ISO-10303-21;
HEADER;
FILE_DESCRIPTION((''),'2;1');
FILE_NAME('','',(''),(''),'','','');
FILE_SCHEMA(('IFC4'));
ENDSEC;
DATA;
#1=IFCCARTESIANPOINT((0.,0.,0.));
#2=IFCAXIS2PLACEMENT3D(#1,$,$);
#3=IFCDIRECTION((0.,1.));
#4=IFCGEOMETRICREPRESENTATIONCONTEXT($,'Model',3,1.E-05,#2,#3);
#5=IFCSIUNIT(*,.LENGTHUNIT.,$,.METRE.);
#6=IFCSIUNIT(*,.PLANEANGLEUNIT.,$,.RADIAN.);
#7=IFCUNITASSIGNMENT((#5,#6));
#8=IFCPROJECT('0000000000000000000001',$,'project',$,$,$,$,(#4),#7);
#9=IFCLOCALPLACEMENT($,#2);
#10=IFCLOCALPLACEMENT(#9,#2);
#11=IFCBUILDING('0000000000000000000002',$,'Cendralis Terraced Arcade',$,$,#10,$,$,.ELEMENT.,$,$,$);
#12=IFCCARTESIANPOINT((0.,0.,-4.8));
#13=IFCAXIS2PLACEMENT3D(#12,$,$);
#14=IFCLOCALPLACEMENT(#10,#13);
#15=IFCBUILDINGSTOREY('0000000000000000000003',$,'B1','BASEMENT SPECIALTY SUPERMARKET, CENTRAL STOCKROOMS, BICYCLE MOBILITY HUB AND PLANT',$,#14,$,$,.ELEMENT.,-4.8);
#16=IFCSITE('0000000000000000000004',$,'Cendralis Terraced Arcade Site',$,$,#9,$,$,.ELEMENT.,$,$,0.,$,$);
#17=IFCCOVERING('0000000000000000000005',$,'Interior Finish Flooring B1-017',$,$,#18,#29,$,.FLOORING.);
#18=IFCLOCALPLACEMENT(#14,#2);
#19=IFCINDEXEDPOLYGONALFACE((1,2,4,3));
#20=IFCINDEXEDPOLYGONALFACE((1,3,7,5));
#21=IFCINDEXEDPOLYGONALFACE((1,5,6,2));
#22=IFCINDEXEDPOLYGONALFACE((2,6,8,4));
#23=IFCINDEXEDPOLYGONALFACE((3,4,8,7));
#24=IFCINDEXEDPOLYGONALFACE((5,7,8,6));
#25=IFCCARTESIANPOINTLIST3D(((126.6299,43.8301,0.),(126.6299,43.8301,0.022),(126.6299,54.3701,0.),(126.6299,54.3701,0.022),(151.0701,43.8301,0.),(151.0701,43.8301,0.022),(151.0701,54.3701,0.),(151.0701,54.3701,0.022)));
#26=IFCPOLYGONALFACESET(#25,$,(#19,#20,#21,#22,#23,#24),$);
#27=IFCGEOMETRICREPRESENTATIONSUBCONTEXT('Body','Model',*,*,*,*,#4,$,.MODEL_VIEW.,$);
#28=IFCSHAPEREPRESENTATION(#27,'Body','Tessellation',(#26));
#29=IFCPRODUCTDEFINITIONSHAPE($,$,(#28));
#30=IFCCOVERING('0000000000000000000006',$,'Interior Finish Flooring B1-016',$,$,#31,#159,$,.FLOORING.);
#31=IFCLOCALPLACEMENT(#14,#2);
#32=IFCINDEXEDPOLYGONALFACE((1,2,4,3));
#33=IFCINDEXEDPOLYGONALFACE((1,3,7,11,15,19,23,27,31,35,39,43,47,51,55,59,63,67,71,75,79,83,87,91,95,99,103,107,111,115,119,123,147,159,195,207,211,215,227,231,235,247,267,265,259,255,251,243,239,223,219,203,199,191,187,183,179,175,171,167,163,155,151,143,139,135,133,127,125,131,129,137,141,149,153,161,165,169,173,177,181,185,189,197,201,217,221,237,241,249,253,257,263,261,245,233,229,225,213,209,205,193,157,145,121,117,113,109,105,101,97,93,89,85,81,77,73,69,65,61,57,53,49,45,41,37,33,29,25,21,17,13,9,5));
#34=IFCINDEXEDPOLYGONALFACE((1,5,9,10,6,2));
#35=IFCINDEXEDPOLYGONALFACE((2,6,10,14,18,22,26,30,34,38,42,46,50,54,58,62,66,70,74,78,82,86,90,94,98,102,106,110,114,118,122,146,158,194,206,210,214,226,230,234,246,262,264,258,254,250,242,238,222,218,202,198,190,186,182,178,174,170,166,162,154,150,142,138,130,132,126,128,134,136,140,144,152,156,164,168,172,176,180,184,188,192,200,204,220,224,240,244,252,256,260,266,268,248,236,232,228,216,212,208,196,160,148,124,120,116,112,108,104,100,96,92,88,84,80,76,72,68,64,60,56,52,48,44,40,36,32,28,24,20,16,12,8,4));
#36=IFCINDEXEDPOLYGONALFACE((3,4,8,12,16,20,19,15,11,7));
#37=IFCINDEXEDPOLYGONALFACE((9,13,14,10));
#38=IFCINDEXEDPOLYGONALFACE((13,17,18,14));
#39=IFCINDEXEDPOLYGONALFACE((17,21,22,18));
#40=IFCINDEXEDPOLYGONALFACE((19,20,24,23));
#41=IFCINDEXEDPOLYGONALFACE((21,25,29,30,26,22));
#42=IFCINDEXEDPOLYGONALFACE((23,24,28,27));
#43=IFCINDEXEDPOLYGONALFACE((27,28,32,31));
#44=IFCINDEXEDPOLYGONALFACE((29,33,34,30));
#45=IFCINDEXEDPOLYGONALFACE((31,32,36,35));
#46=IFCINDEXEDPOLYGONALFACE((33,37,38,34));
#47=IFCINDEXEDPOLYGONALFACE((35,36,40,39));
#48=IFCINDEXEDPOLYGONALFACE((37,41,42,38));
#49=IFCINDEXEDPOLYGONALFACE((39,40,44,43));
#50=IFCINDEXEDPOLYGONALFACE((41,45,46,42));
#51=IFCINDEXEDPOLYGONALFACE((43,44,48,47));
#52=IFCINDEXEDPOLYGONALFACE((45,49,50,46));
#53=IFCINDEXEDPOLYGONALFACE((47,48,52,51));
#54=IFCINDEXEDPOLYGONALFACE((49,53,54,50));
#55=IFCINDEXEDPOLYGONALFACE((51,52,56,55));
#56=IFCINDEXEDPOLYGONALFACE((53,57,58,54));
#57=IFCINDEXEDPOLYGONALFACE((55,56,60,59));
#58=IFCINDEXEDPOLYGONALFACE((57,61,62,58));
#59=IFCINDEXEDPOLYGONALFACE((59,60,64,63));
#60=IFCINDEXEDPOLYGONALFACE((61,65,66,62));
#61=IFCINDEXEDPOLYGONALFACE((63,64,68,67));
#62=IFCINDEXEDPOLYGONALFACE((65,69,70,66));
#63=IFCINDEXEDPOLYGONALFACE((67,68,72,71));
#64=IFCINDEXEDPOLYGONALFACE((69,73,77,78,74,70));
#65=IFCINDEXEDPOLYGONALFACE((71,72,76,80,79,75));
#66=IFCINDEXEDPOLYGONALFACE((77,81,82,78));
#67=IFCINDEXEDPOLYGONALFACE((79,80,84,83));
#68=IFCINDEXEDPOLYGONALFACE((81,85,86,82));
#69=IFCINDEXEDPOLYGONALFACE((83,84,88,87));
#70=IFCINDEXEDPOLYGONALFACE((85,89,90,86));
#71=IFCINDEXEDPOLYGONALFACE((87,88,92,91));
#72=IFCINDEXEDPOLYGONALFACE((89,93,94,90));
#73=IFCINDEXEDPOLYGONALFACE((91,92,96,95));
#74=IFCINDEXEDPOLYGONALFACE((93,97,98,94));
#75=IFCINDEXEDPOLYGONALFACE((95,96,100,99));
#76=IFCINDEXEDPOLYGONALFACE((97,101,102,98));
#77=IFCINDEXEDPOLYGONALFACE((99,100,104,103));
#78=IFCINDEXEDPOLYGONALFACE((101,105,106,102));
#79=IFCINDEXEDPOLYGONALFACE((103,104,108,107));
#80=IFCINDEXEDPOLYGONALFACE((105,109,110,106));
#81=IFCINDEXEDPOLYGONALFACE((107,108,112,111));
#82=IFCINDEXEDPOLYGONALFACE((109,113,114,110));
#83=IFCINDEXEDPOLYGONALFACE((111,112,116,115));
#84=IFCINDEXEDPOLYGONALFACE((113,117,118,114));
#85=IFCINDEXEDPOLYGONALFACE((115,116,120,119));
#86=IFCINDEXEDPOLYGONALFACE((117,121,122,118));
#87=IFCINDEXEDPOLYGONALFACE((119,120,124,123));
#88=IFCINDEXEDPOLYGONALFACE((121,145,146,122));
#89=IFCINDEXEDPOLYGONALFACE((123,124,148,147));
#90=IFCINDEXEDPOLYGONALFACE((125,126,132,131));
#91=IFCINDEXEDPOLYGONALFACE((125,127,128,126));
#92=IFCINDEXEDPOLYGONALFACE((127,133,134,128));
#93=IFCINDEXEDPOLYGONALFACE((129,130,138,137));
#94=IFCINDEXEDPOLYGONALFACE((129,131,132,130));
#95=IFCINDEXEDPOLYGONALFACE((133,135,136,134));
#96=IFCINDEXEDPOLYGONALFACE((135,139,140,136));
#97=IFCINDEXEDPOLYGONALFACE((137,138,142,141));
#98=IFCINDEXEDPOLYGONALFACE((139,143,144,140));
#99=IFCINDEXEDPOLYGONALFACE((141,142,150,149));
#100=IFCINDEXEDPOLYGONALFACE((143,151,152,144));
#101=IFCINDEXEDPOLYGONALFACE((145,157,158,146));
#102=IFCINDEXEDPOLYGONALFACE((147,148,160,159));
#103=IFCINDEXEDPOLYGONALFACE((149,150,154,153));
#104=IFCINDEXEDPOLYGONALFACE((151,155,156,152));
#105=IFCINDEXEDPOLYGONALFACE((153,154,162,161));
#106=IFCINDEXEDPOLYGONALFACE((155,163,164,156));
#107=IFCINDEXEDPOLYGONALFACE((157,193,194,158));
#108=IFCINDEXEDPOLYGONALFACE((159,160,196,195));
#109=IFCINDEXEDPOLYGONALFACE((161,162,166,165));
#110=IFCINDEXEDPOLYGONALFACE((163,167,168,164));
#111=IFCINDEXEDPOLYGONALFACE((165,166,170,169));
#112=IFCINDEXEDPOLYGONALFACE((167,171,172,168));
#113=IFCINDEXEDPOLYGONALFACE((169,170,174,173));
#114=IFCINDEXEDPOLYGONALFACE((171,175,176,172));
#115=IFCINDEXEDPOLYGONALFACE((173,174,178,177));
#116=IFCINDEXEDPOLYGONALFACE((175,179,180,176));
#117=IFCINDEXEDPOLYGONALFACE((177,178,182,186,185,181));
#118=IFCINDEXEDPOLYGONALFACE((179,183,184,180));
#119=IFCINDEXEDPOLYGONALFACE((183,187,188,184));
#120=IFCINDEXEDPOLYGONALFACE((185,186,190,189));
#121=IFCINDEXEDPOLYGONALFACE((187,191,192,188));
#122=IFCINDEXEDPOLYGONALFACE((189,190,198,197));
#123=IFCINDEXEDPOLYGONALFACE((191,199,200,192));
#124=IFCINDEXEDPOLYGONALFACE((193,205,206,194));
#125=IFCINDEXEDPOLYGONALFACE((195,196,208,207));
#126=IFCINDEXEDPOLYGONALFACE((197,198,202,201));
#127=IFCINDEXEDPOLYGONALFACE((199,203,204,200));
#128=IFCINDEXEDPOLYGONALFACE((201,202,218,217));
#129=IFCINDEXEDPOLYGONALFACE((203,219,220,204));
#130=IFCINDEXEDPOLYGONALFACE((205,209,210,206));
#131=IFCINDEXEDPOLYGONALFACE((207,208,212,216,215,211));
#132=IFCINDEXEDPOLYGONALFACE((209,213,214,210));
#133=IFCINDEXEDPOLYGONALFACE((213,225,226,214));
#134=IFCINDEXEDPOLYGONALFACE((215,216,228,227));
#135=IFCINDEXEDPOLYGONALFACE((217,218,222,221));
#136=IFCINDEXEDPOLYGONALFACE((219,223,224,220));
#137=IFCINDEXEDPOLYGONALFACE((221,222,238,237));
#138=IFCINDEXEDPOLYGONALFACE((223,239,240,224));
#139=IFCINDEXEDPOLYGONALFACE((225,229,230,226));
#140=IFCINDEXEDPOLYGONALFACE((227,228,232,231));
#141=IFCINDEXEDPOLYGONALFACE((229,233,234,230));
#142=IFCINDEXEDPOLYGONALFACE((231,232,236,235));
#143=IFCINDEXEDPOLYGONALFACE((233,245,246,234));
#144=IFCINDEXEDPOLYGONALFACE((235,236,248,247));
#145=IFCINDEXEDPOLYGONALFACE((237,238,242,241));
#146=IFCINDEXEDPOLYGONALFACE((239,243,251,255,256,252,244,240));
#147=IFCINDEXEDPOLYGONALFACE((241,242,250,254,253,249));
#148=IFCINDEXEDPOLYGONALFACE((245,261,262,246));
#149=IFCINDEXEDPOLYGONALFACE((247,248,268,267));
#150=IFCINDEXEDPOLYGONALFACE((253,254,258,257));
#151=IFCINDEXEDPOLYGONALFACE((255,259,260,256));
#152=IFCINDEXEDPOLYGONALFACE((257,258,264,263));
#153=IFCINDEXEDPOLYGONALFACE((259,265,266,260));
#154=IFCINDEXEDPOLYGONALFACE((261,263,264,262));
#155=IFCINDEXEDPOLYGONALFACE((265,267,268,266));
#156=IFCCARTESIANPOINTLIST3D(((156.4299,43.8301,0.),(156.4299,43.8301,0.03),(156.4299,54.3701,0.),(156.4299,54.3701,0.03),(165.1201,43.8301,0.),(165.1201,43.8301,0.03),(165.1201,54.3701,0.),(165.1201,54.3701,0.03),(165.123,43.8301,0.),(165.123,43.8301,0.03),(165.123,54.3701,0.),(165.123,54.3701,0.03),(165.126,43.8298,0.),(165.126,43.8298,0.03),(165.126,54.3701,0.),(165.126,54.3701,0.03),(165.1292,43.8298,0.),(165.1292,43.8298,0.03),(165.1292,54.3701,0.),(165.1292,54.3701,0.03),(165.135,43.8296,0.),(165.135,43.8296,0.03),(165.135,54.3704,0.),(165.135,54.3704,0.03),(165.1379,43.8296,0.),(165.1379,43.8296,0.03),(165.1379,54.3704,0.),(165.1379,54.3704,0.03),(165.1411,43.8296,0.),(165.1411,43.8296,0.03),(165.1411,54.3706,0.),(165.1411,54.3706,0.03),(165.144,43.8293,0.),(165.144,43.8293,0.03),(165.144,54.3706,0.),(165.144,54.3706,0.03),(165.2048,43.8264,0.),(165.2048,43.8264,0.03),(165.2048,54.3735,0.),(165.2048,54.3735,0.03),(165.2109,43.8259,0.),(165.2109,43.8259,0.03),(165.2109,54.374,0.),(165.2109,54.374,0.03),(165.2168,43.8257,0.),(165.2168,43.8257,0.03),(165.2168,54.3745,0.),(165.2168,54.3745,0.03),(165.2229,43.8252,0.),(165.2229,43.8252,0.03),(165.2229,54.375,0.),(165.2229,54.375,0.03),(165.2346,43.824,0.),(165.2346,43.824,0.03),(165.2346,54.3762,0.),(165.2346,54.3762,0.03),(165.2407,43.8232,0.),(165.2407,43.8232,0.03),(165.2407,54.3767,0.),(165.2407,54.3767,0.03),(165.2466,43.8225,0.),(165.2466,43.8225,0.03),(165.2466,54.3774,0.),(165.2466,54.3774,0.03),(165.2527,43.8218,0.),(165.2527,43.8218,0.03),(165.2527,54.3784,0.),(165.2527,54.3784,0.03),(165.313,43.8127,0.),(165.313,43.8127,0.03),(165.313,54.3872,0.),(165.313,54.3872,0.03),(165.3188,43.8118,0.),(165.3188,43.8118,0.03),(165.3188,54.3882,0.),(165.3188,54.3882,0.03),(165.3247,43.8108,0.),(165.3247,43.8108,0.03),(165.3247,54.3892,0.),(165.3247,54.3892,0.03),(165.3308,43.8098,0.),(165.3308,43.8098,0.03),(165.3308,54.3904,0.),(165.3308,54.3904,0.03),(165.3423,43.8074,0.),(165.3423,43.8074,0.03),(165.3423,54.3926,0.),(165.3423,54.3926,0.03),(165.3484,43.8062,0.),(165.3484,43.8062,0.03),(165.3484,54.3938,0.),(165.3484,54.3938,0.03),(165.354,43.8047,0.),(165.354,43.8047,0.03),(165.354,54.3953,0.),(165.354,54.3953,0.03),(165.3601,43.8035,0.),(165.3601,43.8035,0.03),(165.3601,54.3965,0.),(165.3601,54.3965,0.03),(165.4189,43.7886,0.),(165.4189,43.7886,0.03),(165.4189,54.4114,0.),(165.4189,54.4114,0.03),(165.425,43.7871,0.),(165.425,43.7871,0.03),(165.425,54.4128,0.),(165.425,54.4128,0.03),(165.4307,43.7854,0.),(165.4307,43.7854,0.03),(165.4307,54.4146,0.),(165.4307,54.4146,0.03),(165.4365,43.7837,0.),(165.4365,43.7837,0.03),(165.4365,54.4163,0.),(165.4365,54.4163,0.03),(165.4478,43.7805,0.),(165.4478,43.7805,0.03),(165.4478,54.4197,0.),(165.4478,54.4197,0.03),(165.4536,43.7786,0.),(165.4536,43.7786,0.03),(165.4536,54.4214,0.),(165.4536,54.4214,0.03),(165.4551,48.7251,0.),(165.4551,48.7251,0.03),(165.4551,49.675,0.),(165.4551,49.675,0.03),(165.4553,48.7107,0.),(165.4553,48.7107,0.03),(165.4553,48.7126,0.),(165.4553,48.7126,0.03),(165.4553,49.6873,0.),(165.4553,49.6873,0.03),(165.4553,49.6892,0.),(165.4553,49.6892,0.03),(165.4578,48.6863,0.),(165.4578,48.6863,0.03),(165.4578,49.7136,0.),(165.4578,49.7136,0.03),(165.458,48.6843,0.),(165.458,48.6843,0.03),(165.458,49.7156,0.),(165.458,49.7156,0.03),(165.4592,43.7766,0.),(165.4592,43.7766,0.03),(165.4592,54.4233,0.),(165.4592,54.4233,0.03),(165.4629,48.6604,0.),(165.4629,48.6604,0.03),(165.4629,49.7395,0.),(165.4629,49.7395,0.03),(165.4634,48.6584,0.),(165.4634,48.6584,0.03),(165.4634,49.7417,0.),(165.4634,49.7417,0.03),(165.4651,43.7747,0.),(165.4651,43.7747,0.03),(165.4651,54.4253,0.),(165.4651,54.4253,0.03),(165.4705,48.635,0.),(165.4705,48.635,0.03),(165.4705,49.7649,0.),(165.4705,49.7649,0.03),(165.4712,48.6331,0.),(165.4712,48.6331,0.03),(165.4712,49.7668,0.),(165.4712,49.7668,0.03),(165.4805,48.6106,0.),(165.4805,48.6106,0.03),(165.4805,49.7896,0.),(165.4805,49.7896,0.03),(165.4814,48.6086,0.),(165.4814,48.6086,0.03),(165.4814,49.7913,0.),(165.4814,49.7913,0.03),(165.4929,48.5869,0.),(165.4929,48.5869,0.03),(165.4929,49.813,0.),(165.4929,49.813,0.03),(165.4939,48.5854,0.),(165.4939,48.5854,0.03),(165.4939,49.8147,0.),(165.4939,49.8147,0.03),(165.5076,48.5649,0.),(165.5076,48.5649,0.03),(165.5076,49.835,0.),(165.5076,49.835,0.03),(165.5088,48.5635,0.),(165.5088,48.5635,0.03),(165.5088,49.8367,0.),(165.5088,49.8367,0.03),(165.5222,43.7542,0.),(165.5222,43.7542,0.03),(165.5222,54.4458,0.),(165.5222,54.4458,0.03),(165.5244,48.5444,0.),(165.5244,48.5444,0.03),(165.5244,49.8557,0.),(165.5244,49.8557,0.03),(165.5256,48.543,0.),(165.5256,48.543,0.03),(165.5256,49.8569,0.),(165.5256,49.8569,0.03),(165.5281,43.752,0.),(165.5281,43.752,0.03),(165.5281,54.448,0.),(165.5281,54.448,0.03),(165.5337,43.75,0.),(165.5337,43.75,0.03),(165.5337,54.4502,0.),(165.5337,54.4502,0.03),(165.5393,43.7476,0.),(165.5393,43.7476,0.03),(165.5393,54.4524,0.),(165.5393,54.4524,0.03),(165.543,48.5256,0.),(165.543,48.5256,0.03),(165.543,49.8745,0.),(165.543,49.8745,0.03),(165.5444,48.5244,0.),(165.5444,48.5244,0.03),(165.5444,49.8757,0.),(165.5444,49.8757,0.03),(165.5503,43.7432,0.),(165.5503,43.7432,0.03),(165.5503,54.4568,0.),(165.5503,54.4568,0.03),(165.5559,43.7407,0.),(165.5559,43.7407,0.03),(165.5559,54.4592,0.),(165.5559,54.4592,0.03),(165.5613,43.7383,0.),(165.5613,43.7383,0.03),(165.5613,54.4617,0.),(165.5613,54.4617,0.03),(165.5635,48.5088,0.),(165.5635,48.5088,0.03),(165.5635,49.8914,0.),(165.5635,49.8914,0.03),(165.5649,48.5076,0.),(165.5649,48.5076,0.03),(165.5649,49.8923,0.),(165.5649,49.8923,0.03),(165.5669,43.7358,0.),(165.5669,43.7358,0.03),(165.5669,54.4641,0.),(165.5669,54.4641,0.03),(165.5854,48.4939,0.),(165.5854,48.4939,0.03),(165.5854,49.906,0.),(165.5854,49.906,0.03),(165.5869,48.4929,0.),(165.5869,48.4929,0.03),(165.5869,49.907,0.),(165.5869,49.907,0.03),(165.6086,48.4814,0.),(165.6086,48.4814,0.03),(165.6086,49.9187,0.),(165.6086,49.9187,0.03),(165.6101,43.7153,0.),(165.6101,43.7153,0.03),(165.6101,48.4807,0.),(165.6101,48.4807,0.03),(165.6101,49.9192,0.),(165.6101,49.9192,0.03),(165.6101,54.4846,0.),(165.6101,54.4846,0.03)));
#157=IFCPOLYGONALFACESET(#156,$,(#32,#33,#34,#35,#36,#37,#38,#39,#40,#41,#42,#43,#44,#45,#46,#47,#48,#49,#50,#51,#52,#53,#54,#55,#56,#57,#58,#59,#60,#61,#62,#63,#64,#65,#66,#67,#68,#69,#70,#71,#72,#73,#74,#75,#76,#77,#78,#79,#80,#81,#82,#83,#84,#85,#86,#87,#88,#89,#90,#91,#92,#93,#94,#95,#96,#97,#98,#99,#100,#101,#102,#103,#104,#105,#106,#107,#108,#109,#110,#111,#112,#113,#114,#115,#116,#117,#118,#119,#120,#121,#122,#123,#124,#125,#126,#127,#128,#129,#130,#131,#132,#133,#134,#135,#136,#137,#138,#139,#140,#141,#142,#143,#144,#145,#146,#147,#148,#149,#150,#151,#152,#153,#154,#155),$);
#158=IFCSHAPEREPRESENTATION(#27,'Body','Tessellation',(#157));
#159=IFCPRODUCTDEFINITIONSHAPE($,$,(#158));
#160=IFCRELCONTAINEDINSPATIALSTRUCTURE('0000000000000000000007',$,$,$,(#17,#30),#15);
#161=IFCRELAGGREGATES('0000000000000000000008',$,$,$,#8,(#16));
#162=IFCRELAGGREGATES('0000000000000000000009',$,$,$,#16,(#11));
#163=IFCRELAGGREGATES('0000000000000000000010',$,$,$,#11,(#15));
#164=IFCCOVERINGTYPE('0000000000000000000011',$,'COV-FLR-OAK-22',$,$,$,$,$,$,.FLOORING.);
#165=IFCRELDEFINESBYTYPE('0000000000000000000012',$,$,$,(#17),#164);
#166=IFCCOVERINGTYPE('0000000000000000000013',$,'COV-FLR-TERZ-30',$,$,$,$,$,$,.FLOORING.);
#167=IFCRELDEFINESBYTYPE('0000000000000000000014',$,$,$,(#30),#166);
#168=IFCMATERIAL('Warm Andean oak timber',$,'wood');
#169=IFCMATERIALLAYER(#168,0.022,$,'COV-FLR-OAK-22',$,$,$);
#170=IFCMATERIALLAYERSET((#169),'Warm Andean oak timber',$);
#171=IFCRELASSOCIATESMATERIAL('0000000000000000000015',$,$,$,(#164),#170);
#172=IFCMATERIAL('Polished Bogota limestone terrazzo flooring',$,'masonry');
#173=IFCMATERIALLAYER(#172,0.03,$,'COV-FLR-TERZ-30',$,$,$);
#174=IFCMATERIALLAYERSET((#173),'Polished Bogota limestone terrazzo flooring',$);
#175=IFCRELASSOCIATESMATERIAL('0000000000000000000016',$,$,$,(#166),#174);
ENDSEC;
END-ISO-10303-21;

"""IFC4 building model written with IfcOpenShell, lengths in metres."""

from ifc_helpers import new_model, si_unit, direction, frame, origin, place, context, subcontext, project, spatial, polyline, outline, extrude, material, layer, layer_set, type_object, element, save


model = new_model("IFC4")

# Units and contexts
model_context = context("Model", 3, precision=1e-05, world=origin(), true_north=direction((0.0, 1.0)))
body_context = subcontext(model_context, "Body", "Model", "MODEL_VIEW")
ifc_project = project(units=[si_unit("LENGTHUNIT", "METRE"), si_unit("PLANEANGLEUNIT", "RADIAN")], contexts=[model_context])

# Site, building, storey
site_placement = place(None, origin())
site = spatial("IfcSite", under=ifc_project, at=site_placement, Name="Cendralis Terraced Arcade Site", CompositionType="ELEMENT", RefElevation=0.0)
building_placement = place(site_placement, origin())
building = spatial("IfcBuilding", under=site, at=building_placement, Name="Cendralis Terraced Arcade", CompositionType="ELEMENT")
storey_placement = place(building_placement, frame((0.0, 0.0, -4.8)))
storey = spatial("IfcBuildingStorey", under=building, at=storey_placement, Name="B1", Description="BASEMENT SPECIALTY SUPERMARKET, CENTRAL STOCKROOMS, BICYCLE MOBILITY HUB AND PLANT", CompositionType="ELEMENT", Elevation=-4.8)

# Coverings
ifc_material_1 = material(Name="Warm Andean oak timber", Category="wood")
ifc_layer_1 = layer(ifc_material_1, 0.022, Name="COV-FLR-OAK-22")
ifc_layer_set_1 = layer_set([ifc_layer_1], Name="Warm Andean oak timber")
covering_type_1 = type_object("IfcCoveringType", Name="COV-FLR-OAK-22", PredefinedType="FLOORING", material=ifc_layer_set_1)
covering_1_placement = place(storey_placement, origin())
element("IfcCovering", 1, at=covering_1_placement, inside=storey, type_object=covering_type_1, Name="Interior Finish Flooring B1-017", PredefinedType="FLOORING", context=body_context, shape_type="SweptSolid", body=[
    extrude(outline(polyline([(151.0701, 54.3701), (151.0701, 43.8301), (126.6299, 43.8301), (126.6299, 54.3701), (151.0701, 54.3701)])), origin(), (0.0, 0.0, 1.0), 0.022),
])
ifc_material_2 = material(Name="Polished Bogota limestone terrazzo flooring", Category="masonry")
ifc_layer_2 = layer(ifc_material_2, 0.03, Name="COV-FLR-TERZ-30")
ifc_layer_set_2 = layer_set([ifc_layer_2], Name="Polished Bogota limestone terrazzo flooring")
covering_type_2 = type_object("IfcCoveringType", Name="COV-FLR-TERZ-30", PredefinedType="FLOORING", material=ifc_layer_set_2)
covering_2_placement = place(storey_placement, origin())
element("IfcCovering", 2, at=covering_2_placement, inside=storey, type_object=covering_type_2, Name="Interior Finish Flooring B1-016", PredefinedType="FLOORING", context=body_context, shape_type="SweptSolid", body=[
    extrude(outline(polyline([(165.5669, 43.7358), (165.5613, 43.7383), (165.5559, 43.7407), (165.5503, 43.7432), (165.5393, 43.7476), (165.5337, 43.75), (165.5281, 43.752), (165.5222, 43.7542), (165.4651, 43.7747), (165.4592, 43.7766), (165.4536, 43.7786), (165.4478, 43.7805), (165.4365, 43.7837), (165.4307, 43.7854), (165.425, 43.7871), (165.4189, 43.7886), (165.3601, 43.8035), (165.354, 43.8047), (165.3484, 43.8062), (165.3423, 43.8074), (165.3308, 43.8098), (165.3247, 43.8108), (165.3188, 43.8118), (165.313, 43.8127), (165.2527, 43.8218), (165.2466, 43.8225), (165.2407, 43.8232), (165.2346, 43.824), (165.2229, 43.8252), (165.2168, 43.8257), (165.2109, 43.8259), (165.2048, 43.8264), (165.144, 43.8293), (165.1411, 43.8296), (165.1379, 43.8296), (165.135, 43.8296), (165.1292, 43.8298), (165.126, 43.8298), (165.123, 43.8301), (165.1201, 43.8301), (156.4299, 43.8301), (156.4299, 54.3701), (165.1201, 54.3701), (165.123, 54.3701), (165.126, 54.3701), (165.1292, 54.3701), (165.135, 54.3704), (165.1379, 54.3704), (165.1411, 54.3706), (165.144, 54.3706), (165.2048, 54.3735), (165.2109, 54.374), (165.2168, 54.3745), (165.2229, 54.375), (165.2346, 54.3762), (165.2407, 54.3767), (165.2466, 54.3774), (165.2527, 54.3784), (165.313, 54.3872), (165.3188, 54.3882), (165.3247, 54.3892), (165.3308, 54.3904), (165.3423, 54.3926), (165.3484, 54.3938), (165.354, 54.3953), (165.3601, 54.3965), (165.4189, 54.4114), (165.425, 54.4128), (165.4307, 54.4146), (165.4365, 54.4163), (165.4478, 54.4197), (165.4536, 54.4214), (165.4592, 54.4233), (165.4651, 54.4253), (165.5222, 54.4458), (165.5281, 54.448), (165.5337, 54.4502), (165.5393, 54.4524), (165.5503, 54.4568), (165.5559, 54.4592), (165.5613, 54.4617), (165.5669, 54.4641), (165.6101, 54.4846), (165.6101, 49.9192), (165.6086, 49.9187), (165.5869, 49.907), (165.5854, 49.906), (165.5649, 49.8923), (165.5635, 49.8914), (165.5444, 49.8757), (165.543, 49.8745), (165.5256, 49.8569), (165.5244, 49.8557), (165.5088, 49.8367), (165.5076, 49.835), (165.4939, 49.8147), (165.4929, 49.813), (165.4814, 49.7913), (165.4805, 49.7896), (165.4712, 49.7668), (165.4705, 49.7649), (165.4634, 49.7417), (165.4629, 49.7395), (165.458, 49.7156), (165.4578, 49.7136), (165.4553, 49.6892), (165.4553, 49.6873), (165.4551, 49.675), (165.4551, 48.7251), (165.4553, 48.7126), (165.4553, 48.7107), (165.4578, 48.6863), (165.458, 48.6843), (165.4629, 48.6604), (165.4634, 48.6584), (165.4705, 48.635), (165.4712, 48.6331), (165.4805, 48.6106), (165.4814, 48.6086), (165.4929, 48.5869), (165.4939, 48.5854), (165.5076, 48.5649), (165.5088, 48.5635), (165.5244, 48.5444), (165.5256, 48.543), (165.543, 48.5256), (165.5444, 48.5244), (165.5635, 48.5088), (165.5649, 48.5076), (165.5854, 48.4939), (165.5869, 48.4929), (165.6086, 48.4814), (165.6101, 48.4807), (165.6101, 43.7153), (165.5669, 43.7358)])), origin(), (0.0, 0.0, 1.0), 0.03),
])

save(model, "model.ifc")
